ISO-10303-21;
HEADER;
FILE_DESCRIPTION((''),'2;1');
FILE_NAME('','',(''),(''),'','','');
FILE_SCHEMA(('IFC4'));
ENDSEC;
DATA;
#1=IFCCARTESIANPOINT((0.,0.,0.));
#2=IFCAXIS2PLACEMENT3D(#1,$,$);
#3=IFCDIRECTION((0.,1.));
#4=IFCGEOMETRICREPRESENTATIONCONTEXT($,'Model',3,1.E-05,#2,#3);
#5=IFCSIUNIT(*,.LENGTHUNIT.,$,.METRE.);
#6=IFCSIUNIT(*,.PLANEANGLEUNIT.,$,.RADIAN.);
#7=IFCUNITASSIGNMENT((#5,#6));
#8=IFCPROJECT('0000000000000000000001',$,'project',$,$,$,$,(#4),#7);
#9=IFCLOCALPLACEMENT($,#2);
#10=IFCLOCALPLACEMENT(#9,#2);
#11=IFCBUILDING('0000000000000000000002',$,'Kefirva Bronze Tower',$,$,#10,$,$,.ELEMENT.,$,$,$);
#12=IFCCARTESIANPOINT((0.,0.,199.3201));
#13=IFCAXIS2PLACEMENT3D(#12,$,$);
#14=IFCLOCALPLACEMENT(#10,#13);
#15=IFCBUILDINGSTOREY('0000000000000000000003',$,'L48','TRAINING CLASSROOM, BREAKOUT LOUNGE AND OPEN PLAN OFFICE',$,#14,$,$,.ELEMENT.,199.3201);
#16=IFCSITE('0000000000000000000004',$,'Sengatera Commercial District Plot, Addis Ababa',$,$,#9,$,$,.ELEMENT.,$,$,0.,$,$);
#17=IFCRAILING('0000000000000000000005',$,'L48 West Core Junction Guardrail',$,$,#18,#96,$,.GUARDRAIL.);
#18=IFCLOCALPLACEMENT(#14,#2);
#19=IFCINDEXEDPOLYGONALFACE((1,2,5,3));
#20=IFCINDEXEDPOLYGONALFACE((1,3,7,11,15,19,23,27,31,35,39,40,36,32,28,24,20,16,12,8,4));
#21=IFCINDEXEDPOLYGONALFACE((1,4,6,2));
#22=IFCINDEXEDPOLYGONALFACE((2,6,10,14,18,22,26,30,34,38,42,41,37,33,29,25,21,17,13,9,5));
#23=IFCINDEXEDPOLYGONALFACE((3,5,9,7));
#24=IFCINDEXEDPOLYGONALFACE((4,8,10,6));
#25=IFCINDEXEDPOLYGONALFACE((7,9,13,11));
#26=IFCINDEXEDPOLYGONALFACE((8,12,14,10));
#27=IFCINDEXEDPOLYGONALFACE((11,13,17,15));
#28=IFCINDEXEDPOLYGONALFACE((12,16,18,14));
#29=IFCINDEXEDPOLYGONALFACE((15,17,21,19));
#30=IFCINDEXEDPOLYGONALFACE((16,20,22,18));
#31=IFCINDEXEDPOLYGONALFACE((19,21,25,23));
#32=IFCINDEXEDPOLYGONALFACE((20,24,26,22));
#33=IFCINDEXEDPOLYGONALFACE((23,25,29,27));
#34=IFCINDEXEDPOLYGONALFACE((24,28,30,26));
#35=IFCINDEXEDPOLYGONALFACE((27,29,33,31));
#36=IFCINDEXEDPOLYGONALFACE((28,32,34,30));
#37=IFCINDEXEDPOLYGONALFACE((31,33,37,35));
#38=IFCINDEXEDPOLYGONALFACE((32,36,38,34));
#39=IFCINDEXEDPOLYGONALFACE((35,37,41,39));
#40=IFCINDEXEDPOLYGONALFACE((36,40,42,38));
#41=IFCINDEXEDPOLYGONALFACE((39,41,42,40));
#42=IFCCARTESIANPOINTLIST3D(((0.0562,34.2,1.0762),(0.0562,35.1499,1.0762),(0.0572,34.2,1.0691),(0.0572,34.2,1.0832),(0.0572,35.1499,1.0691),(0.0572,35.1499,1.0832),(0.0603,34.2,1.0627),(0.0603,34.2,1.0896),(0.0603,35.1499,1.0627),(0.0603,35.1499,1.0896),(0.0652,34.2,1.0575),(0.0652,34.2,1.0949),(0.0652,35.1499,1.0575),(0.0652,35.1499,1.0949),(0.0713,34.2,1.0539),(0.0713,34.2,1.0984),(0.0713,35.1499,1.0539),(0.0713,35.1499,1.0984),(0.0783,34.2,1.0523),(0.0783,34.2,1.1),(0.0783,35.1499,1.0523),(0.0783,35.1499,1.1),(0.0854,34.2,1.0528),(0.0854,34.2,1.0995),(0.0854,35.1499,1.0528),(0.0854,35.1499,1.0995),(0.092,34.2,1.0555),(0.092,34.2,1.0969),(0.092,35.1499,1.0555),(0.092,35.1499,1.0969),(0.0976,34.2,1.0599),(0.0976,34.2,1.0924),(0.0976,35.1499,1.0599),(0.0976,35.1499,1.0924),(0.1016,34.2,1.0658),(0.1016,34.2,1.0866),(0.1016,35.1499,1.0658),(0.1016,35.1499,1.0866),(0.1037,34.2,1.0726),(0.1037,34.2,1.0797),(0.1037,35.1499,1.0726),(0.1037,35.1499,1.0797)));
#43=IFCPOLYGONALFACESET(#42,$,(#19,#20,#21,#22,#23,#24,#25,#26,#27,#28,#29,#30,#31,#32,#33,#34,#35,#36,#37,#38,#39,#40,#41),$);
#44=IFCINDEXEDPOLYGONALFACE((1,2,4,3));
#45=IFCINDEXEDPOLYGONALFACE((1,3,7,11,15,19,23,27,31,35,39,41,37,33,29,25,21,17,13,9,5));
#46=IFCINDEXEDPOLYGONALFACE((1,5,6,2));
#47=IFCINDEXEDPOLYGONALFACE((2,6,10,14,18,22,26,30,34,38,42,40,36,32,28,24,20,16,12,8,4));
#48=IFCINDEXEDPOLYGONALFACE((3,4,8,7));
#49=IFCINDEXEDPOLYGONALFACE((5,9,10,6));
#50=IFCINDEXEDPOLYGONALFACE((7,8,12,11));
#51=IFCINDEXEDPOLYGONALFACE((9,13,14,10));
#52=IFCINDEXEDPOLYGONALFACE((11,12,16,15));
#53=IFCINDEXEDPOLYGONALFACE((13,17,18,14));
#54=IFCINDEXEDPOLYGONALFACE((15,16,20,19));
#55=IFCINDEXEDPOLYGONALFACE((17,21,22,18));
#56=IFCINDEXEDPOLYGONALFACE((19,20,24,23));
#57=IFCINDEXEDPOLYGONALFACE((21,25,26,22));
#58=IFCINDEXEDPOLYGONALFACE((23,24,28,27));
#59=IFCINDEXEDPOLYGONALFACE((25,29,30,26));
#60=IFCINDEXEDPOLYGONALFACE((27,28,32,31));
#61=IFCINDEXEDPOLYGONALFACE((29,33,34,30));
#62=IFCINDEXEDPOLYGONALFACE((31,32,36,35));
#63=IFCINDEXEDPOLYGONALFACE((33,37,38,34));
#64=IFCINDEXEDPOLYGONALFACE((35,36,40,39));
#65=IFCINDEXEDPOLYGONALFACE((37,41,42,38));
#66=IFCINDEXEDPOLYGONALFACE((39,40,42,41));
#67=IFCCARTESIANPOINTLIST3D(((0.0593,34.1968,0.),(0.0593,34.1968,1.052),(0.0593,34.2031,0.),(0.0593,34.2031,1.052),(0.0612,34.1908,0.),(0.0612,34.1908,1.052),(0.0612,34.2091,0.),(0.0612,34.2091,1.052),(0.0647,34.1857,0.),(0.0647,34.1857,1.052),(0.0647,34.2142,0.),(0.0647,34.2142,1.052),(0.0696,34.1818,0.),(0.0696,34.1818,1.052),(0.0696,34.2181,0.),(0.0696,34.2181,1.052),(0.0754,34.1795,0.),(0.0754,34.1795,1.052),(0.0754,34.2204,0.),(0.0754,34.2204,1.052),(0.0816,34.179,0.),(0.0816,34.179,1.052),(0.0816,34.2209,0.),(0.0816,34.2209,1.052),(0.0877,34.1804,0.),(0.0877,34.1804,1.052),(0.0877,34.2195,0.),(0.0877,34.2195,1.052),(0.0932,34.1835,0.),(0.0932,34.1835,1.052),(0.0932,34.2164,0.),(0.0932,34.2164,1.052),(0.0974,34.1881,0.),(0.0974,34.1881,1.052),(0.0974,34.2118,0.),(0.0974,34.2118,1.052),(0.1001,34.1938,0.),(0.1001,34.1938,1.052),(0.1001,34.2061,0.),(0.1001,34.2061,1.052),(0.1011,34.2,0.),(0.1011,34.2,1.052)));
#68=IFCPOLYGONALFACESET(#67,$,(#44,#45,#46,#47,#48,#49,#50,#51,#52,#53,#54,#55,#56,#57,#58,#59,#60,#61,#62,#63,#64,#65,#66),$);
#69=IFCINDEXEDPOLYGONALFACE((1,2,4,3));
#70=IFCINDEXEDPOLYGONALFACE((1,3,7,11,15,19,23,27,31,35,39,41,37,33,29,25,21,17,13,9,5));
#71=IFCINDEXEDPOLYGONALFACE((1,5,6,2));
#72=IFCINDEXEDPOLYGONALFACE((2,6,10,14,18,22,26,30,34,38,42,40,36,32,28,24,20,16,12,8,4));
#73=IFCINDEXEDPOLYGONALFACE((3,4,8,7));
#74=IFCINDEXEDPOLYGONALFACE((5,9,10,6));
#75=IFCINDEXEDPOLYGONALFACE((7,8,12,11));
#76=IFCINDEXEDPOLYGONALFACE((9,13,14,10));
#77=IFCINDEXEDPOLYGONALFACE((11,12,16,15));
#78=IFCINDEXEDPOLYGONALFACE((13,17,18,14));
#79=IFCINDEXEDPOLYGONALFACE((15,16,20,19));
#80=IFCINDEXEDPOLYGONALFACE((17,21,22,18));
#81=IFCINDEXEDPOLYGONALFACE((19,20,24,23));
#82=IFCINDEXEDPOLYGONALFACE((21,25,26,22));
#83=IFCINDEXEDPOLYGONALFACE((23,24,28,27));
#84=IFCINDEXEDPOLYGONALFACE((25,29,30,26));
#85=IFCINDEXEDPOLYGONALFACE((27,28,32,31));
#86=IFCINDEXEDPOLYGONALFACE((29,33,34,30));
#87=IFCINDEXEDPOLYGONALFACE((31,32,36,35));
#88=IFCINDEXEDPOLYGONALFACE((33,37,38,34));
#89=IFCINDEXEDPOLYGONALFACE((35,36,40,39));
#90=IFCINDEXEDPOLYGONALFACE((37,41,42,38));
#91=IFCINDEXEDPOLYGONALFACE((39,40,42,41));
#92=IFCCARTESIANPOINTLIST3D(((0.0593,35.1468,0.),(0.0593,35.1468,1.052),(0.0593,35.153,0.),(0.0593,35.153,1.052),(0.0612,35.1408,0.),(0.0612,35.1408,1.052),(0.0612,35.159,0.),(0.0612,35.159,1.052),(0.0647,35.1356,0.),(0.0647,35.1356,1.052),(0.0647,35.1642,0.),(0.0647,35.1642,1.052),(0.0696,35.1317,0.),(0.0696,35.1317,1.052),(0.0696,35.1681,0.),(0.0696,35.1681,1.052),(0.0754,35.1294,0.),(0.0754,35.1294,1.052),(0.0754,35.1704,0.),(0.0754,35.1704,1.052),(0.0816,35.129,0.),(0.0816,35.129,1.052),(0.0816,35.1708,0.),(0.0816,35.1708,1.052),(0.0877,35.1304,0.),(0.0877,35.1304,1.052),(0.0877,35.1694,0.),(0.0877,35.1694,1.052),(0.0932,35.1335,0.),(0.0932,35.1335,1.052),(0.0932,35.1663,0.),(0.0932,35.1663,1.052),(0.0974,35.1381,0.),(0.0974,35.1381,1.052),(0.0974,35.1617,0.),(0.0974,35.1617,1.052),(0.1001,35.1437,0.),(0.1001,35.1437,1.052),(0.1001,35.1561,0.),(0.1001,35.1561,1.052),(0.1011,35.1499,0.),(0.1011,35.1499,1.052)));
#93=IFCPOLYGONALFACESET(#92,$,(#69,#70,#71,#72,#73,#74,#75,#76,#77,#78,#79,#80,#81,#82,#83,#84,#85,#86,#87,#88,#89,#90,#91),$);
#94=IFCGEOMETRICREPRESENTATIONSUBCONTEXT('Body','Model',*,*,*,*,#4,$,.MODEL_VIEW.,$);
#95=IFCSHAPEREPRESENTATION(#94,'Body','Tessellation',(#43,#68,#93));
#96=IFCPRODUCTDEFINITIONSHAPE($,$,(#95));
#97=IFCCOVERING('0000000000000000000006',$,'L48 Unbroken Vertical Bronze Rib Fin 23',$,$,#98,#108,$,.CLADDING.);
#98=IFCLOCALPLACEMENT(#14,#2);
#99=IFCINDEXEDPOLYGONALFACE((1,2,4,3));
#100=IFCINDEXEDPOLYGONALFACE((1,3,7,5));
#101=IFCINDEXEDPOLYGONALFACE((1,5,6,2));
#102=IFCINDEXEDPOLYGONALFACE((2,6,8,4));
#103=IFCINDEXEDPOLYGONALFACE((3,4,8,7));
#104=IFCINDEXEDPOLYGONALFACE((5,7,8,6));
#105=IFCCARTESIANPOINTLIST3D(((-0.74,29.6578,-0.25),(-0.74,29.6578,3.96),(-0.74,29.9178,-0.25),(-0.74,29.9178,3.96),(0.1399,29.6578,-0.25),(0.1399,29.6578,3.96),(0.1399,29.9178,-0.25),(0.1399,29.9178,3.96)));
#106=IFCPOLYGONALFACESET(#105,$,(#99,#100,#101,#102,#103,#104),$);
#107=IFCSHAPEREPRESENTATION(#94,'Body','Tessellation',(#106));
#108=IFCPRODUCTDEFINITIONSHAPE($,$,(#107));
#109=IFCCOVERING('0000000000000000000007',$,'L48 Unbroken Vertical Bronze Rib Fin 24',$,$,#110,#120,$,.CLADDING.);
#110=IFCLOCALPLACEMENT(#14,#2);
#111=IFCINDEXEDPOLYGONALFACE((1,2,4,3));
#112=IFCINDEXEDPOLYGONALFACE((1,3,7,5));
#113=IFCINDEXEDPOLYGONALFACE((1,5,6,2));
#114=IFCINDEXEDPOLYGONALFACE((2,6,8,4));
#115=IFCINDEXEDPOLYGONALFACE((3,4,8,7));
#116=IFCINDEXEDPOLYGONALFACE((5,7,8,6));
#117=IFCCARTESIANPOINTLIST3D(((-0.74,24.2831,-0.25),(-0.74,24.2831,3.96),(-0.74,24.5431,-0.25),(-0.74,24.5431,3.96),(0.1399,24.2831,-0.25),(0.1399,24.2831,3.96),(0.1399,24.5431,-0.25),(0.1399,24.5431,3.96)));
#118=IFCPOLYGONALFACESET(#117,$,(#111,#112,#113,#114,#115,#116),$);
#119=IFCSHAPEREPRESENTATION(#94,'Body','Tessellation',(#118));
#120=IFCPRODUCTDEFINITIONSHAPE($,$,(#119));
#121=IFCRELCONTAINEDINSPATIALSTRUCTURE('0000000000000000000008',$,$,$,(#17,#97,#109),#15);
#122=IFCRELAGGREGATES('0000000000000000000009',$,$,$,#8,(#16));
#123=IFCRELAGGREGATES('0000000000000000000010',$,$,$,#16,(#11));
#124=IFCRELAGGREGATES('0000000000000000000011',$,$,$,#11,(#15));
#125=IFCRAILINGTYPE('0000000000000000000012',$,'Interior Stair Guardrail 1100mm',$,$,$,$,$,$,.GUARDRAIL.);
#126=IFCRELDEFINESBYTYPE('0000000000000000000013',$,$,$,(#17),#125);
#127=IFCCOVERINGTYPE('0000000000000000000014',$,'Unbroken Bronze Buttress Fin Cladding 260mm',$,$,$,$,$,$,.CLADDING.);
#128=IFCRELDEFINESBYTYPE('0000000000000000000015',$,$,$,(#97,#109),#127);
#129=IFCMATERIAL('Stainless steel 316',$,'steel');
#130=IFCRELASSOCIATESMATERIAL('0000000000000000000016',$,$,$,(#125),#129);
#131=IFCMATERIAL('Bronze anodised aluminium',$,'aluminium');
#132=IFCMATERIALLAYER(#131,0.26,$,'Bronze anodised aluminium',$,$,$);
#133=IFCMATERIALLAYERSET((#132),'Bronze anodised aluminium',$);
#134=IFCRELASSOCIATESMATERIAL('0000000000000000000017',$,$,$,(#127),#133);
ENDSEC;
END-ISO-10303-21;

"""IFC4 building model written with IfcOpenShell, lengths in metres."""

from ifc_helpers import new_model, si_unit, direction, frame, origin, origin_2d, place, context, subcontext, project, spatial, rectangle, circle, extrude, material, layer, layer_set, type_object, element, save


model = new_model("IFC4")

# Units and contexts
model_context = context("Model", 3, precision=1e-05, world=origin(), true_north=direction((0.0, 1.0)))
body_context = subcontext(model_context, "Body", "Model", "MODEL_VIEW")
ifc_project = project(units=[si_unit("LENGTHUNIT", "METRE"), si_unit("PLANEANGLEUNIT", "RADIAN")], contexts=[model_context])

# Site, building, storey
site_placement = place(None, origin())
site = spatial("IfcSite", under=ifc_project, at=site_placement, Name="Sengatera Commercial District Plot, Addis Ababa", CompositionType="ELEMENT", RefElevation=0.0)
building_placement = place(site_placement, origin())
building = spatial("IfcBuilding", under=site, at=building_placement, Name="Kefirva Bronze Tower", CompositionType="ELEMENT")
storey_placement = place(building_placement, frame((0.0, 0.0, 199.3201)))
storey = spatial("IfcBuildingStorey", under=building, at=storey_placement, Name="L48", Description="TRAINING CLASSROOM, BREAKOUT LOUNGE AND OPEN PLAN OFFICE", CompositionType="ELEMENT", Elevation=199.3201)

# Shared definitions
ifc_material_1 = material(Name="Bronze anodised aluminium", Category="aluminium")

# Railing
ifc_material_2 = material(Name="Stainless steel 316", Category="steel")
railing_type = type_object("IfcRailingType", Name="Interior Stair Guardrail 1100mm", PredefinedType="GUARDRAIL", material=ifc_material_2)
railing_placement = place(storey_placement, frame((0.0801, 34.2, 0.0)))
element("IfcRailing", 1, at=railing_placement, inside=storey, type_object=railing_type, Name="L48 West Core Junction Guardrail", PredefinedType="GUARDRAIL", context=body_context, shape_type="SweptSolid", body=[
    extrude(circle(Radius=0.0239, at=origin_2d()), frame((0.0, 0.0, 1.0762), z_axis=(0.0, 1.0, 0.0), x_axis=(-1.0, 0.0, 0.0)), (0.0, 0.0, 1.0), 0.95),
    extrude(circle(Radius=0.021, at=origin_2d()), origin(), (0.0, 0.0, 1.0), 1.052),
    extrude(circle(Radius=0.021, at=origin_2d()), frame((0.0, 0.95, 0.0)), (0.0, 0.0, 1.0), 1.052),
])

# Coverings
ifc_layer_1 = layer(ifc_material_1, 0.26, Name="Bronze anodised aluminium")
ifc_layer_set_1 = layer_set([ifc_layer_1], Name="Bronze anodised aluminium")
covering_type = type_object("IfcCoveringType", Name="Unbroken Bronze Buttress Fin Cladding 260mm", PredefinedType="CLADDING", material=ifc_layer_set_1)
for number, where, z_axis, x_axis, name in (
    (2, (-0.3, 29.7878, -0.25), (0.0, 0.0, 1.0), (0.0, -1.0, 0.0), "L48 Unbroken Vertical Bronze Rib Fin 23"),
    (3, (-0.3, 24.4131, -0.25), (0.0, 0.0, 1.0), (0.0, -1.0, 0.0), "L48 Unbroken Vertical Bronze Rib Fin 24"),
):
    element("IfcCovering", number, at=place(storey_placement, frame(where, z_axis=z_axis, x_axis=x_axis)), inside=storey, type_object=covering_type, Name=name, PredefinedType="CLADDING", context=body_context, shape_type="SweptSolid", body=[
        extrude(rectangle(XDim=0.26, YDim=0.8799, at=origin_2d()), origin(), (0.0, 0.0, 1.0), 4.21),
    ])

save(model, "model.ifc")
